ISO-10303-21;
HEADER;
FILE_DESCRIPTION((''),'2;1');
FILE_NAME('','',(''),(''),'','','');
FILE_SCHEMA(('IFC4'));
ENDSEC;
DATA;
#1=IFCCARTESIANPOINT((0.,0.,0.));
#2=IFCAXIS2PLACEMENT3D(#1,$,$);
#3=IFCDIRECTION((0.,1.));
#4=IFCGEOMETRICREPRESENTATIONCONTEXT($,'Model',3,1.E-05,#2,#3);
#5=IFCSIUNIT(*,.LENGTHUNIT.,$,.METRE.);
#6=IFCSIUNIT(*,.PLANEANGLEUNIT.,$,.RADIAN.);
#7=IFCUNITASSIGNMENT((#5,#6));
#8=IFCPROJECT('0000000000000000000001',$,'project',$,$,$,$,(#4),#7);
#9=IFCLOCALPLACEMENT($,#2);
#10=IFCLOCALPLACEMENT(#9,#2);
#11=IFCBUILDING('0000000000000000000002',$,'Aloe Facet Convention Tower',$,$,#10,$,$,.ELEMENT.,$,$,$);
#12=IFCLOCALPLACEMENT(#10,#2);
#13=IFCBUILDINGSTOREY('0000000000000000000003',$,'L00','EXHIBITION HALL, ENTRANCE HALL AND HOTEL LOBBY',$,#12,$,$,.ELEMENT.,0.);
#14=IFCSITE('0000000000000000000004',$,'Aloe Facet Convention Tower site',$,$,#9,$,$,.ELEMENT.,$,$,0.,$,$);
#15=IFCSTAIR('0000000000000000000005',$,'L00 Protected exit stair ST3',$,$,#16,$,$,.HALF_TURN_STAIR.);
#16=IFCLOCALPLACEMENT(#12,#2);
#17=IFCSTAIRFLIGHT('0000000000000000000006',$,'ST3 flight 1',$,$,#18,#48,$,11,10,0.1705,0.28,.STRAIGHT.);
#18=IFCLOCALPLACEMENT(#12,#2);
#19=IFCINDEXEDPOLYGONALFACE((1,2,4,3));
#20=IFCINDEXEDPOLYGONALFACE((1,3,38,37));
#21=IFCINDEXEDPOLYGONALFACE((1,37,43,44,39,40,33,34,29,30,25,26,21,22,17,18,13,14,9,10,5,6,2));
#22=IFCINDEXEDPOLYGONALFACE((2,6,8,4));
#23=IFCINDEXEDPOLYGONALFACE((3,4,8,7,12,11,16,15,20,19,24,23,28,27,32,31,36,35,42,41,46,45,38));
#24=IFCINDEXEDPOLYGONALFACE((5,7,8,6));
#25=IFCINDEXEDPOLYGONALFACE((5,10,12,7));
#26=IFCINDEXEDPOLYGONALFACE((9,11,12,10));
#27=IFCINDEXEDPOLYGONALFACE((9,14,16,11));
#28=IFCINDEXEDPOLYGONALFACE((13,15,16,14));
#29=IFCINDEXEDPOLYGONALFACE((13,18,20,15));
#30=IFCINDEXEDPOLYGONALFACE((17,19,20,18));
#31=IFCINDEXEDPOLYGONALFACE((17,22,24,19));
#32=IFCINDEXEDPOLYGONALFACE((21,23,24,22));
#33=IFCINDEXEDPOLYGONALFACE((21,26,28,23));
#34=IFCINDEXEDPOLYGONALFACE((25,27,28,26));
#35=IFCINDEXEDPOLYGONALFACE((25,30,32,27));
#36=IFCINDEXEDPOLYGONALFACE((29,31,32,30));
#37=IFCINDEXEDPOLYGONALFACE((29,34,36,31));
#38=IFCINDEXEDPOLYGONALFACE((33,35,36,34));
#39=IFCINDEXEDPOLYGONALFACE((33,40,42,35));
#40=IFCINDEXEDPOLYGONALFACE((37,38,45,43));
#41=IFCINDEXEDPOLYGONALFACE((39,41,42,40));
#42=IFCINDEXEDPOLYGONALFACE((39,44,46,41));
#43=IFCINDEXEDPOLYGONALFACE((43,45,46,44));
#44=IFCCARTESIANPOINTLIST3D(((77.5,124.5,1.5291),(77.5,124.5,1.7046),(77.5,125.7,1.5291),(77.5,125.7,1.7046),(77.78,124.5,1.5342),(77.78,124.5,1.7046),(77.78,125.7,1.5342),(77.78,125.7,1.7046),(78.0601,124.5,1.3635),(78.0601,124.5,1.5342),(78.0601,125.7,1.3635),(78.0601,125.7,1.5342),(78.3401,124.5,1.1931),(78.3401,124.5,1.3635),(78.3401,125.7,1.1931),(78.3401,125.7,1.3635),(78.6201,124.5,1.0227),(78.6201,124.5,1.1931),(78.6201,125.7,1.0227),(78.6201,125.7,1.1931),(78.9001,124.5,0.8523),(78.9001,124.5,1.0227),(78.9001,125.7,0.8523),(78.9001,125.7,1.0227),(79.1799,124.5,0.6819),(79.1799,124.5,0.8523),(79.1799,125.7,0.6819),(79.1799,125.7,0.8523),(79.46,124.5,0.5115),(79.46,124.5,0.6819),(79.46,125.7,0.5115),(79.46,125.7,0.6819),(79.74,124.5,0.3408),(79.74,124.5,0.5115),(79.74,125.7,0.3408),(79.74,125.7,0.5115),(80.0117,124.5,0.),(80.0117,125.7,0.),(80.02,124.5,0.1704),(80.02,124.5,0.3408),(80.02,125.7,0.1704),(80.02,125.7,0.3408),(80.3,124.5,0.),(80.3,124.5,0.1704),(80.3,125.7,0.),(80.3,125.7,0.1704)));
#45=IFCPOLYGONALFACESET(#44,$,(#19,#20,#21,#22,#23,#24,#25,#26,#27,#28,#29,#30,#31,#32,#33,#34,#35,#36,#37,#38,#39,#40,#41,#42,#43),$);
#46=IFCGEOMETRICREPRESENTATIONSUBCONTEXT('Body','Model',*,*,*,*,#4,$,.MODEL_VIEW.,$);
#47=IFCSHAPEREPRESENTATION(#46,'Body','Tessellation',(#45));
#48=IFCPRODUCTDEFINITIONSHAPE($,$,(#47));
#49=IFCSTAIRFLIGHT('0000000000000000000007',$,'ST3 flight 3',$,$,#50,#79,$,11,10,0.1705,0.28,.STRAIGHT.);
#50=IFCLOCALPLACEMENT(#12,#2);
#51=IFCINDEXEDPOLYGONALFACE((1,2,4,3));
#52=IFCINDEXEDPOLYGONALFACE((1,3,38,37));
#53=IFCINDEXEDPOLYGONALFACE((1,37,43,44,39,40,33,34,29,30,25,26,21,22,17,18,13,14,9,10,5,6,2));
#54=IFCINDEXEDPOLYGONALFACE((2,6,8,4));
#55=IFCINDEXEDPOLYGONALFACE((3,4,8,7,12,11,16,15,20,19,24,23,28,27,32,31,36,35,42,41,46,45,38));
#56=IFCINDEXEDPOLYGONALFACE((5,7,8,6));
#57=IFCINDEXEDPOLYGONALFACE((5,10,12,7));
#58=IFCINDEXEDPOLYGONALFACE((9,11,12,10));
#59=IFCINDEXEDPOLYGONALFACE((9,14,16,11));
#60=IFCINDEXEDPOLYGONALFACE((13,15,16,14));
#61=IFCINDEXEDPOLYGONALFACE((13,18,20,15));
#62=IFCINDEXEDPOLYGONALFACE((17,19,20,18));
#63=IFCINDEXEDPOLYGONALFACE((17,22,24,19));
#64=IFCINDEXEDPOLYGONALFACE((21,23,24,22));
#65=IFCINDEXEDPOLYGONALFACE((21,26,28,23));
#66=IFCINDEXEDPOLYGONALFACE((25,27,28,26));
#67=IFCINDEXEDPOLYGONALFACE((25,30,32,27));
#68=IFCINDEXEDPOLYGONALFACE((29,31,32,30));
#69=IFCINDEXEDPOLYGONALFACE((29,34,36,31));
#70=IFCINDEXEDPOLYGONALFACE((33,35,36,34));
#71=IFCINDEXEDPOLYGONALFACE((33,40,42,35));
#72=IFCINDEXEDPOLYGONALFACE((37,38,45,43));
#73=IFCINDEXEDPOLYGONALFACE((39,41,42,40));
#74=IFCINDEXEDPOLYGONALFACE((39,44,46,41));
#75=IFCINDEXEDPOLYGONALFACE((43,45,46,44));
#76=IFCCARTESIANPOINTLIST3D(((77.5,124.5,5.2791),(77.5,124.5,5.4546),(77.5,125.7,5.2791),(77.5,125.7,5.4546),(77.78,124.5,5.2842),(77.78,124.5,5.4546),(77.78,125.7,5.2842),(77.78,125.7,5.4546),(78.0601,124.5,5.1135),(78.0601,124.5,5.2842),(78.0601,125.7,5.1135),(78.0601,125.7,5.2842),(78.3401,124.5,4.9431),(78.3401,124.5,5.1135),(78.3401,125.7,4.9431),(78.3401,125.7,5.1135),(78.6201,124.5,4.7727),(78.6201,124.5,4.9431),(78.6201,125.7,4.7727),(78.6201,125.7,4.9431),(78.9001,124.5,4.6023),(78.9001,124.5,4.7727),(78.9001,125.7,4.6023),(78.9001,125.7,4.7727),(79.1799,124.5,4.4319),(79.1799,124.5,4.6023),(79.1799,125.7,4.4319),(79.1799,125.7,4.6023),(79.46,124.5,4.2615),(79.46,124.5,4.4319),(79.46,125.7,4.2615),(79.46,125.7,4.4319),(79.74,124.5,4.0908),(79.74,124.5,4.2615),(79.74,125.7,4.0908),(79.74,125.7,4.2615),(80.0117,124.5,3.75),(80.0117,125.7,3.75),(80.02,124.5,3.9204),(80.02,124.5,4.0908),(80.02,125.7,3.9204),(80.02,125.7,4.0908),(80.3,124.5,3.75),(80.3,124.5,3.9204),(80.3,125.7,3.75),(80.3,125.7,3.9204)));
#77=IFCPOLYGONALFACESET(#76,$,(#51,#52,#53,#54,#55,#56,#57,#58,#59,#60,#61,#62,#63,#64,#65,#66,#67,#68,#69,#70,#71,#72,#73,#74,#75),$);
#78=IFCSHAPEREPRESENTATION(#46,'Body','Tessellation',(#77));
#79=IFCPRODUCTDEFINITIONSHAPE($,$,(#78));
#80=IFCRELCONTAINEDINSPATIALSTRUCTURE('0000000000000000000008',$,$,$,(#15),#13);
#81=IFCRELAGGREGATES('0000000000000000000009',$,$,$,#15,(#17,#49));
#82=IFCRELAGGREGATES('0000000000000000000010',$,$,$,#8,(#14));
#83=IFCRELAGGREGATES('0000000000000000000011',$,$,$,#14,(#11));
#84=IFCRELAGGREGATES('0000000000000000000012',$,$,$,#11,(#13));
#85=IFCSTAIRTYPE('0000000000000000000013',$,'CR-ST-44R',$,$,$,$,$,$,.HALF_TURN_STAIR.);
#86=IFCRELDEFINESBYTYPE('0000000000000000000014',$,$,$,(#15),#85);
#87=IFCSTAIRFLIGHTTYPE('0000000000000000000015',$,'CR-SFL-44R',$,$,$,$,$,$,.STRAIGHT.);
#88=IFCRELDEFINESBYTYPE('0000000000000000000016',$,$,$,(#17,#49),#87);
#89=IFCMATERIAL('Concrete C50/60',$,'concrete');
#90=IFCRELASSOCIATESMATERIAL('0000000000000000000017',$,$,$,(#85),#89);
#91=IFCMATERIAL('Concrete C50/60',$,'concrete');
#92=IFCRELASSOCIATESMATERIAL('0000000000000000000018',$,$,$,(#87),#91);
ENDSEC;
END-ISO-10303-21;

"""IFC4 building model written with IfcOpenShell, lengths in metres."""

from ifc_helpers import new_model, si_unit, direction, frame, origin, place, context, subcontext, project, spatial, polyline, outline, extrude, material, type_object, element, aggregate, save


model = new_model("IFC4")

# Units and contexts
model_context = context("Model", 3, precision=1e-05, world=origin(), true_north=direction((0.0, 1.0)))
body_context = subcontext(model_context, "Body", "Model", "MODEL_VIEW")
ifc_project = project(units=[si_unit("LENGTHUNIT", "METRE"), si_unit("PLANEANGLEUNIT", "RADIAN")], contexts=[model_context])

# Site, building, storey
site_placement = place(None, origin())
site = spatial("IfcSite", under=ifc_project, at=site_placement, Name="Aloe Facet Convention Tower site", CompositionType="ELEMENT", RefElevation=0.0)
building_placement = place(site_placement, origin())
building = spatial("IfcBuilding", under=site, at=building_placement, Name="Aloe Facet Convention Tower", CompositionType="ELEMENT")
storey_placement = place(building_placement, origin())
storey = spatial("IfcBuildingStorey", under=building, at=storey_placement, Name="L00", Description="EXHIBITION HALL, ENTRANCE HALL AND HOTEL LOBBY", CompositionType="ELEMENT", Elevation=0.0)

# Stair, stair flights
ifc_material_1 = material(Name="Concrete C50/60", Category="concrete")
stair_type = type_object("IfcStairType", Name="CR-ST-44R", PredefinedType="HALF_TURN_STAIR", material=ifc_material_1)
stair_placement = place(storey_placement, origin())
stair = element("IfcStair", 1, at=stair_placement, inside=storey, type_object=stair_type, Name="L00 Protected exit stair ST3", PredefinedType="HALF_TURN_STAIR")
ifc_material_2 = material(Name="Concrete C50/60", Category="concrete")
stair_flight_type = type_object("IfcStairFlightType", Name="CR-SFL-44R", PredefinedType="STRAIGHT", material=ifc_material_2)
stair_flight_1_placement = place(storey_placement, frame((80.3, 125.1001, 0.0), z_axis=(0.0, 0.0, 1.0), x_axis=(-1.0, 0.0, 0.0)))
stair_flight_1 = element("IfcStairFlight", 2, at=stair_flight_1_placement, type_object=stair_flight_type, Name="ST3 flight 1", NumberOfRisers=11, NumberOfTreads=10, PredefinedType="STRAIGHT", RiserHeight=0.1705, TreadLength=0.28, context=body_context, shape_type="SweptSolid", body=[
    extrude(outline(polyline([(0.0, 0.0), (0.0, 0.1704), (0.28, 0.1704), (0.28, 0.3408), (0.5601, 0.3408), (0.5601, 0.5115), (0.8401, 0.5115), (0.8401, 0.6819), (1.1201, 0.6819), (1.1201, 0.8523), (1.3999, 0.8523), (1.3999, 1.0227), (1.6799, 1.0227), (1.6799, 1.1931), (1.96, 1.1931), (1.96, 1.3635), (2.24, 1.3635), (2.24, 1.5342), (2.52, 1.5342), (2.52, 1.7046), (2.8, 1.7046), (2.8, 1.875), (2.8, 1.5291), (0.2883, 0.0), (0.0, 0.0)])), frame((0.0, 0.6001, 0.0), z_axis=(0.0, -1.0, 0.0), x_axis=(1.0, 0.0, 0.0)), (0.0, 0.0, 1.0), 1.2),
])
stair_flight_2_placement = place(storey_placement, frame((80.3, 125.1001, 3.75), z_axis=(0.0, 0.0, 1.0), x_axis=(-1.0, 0.0, 0.0)))
stair_flight_2 = element("IfcStairFlight", 3, at=stair_flight_2_placement, type_object=stair_flight_type, Name="ST3 flight 3", NumberOfRisers=11, NumberOfTreads=10, PredefinedType="STRAIGHT", RiserHeight=0.1705, TreadLength=0.28, context=body_context, shape_type="SweptSolid", body=[
    extrude(outline(polyline([(0.0, 0.0), (0.0, 0.1704), (0.28, 0.1704), (0.28, 0.3408), (0.5601, 0.3408), (0.5601, 0.5115), (0.8401, 0.5115), (0.8401, 0.6819), (1.1201, 0.6819), (1.1201, 0.8523), (1.3999, 0.8523), (1.3999, 1.0227), (1.6799, 1.0227), (1.6799, 1.1931), (1.96, 1.1931), (1.96, 1.3635), (2.24, 1.3635), (2.24, 1.5342), (2.52, 1.5342), (2.52, 1.7046), (2.8, 1.7046), (2.8, 1.875), (2.8, 1.5291), (0.2883, 0.0), (0.0, 0.0)])), frame((0.0, 0.6001, 0.0), z_axis=(0.0, -1.0, 0.0), x_axis=(1.0, 0.0, 0.0)), (0.0, 0.0, 1.0), 1.2),
])
aggregate(stair, [stair_flight_1, stair_flight_2])

save(model, "model.ifc")
